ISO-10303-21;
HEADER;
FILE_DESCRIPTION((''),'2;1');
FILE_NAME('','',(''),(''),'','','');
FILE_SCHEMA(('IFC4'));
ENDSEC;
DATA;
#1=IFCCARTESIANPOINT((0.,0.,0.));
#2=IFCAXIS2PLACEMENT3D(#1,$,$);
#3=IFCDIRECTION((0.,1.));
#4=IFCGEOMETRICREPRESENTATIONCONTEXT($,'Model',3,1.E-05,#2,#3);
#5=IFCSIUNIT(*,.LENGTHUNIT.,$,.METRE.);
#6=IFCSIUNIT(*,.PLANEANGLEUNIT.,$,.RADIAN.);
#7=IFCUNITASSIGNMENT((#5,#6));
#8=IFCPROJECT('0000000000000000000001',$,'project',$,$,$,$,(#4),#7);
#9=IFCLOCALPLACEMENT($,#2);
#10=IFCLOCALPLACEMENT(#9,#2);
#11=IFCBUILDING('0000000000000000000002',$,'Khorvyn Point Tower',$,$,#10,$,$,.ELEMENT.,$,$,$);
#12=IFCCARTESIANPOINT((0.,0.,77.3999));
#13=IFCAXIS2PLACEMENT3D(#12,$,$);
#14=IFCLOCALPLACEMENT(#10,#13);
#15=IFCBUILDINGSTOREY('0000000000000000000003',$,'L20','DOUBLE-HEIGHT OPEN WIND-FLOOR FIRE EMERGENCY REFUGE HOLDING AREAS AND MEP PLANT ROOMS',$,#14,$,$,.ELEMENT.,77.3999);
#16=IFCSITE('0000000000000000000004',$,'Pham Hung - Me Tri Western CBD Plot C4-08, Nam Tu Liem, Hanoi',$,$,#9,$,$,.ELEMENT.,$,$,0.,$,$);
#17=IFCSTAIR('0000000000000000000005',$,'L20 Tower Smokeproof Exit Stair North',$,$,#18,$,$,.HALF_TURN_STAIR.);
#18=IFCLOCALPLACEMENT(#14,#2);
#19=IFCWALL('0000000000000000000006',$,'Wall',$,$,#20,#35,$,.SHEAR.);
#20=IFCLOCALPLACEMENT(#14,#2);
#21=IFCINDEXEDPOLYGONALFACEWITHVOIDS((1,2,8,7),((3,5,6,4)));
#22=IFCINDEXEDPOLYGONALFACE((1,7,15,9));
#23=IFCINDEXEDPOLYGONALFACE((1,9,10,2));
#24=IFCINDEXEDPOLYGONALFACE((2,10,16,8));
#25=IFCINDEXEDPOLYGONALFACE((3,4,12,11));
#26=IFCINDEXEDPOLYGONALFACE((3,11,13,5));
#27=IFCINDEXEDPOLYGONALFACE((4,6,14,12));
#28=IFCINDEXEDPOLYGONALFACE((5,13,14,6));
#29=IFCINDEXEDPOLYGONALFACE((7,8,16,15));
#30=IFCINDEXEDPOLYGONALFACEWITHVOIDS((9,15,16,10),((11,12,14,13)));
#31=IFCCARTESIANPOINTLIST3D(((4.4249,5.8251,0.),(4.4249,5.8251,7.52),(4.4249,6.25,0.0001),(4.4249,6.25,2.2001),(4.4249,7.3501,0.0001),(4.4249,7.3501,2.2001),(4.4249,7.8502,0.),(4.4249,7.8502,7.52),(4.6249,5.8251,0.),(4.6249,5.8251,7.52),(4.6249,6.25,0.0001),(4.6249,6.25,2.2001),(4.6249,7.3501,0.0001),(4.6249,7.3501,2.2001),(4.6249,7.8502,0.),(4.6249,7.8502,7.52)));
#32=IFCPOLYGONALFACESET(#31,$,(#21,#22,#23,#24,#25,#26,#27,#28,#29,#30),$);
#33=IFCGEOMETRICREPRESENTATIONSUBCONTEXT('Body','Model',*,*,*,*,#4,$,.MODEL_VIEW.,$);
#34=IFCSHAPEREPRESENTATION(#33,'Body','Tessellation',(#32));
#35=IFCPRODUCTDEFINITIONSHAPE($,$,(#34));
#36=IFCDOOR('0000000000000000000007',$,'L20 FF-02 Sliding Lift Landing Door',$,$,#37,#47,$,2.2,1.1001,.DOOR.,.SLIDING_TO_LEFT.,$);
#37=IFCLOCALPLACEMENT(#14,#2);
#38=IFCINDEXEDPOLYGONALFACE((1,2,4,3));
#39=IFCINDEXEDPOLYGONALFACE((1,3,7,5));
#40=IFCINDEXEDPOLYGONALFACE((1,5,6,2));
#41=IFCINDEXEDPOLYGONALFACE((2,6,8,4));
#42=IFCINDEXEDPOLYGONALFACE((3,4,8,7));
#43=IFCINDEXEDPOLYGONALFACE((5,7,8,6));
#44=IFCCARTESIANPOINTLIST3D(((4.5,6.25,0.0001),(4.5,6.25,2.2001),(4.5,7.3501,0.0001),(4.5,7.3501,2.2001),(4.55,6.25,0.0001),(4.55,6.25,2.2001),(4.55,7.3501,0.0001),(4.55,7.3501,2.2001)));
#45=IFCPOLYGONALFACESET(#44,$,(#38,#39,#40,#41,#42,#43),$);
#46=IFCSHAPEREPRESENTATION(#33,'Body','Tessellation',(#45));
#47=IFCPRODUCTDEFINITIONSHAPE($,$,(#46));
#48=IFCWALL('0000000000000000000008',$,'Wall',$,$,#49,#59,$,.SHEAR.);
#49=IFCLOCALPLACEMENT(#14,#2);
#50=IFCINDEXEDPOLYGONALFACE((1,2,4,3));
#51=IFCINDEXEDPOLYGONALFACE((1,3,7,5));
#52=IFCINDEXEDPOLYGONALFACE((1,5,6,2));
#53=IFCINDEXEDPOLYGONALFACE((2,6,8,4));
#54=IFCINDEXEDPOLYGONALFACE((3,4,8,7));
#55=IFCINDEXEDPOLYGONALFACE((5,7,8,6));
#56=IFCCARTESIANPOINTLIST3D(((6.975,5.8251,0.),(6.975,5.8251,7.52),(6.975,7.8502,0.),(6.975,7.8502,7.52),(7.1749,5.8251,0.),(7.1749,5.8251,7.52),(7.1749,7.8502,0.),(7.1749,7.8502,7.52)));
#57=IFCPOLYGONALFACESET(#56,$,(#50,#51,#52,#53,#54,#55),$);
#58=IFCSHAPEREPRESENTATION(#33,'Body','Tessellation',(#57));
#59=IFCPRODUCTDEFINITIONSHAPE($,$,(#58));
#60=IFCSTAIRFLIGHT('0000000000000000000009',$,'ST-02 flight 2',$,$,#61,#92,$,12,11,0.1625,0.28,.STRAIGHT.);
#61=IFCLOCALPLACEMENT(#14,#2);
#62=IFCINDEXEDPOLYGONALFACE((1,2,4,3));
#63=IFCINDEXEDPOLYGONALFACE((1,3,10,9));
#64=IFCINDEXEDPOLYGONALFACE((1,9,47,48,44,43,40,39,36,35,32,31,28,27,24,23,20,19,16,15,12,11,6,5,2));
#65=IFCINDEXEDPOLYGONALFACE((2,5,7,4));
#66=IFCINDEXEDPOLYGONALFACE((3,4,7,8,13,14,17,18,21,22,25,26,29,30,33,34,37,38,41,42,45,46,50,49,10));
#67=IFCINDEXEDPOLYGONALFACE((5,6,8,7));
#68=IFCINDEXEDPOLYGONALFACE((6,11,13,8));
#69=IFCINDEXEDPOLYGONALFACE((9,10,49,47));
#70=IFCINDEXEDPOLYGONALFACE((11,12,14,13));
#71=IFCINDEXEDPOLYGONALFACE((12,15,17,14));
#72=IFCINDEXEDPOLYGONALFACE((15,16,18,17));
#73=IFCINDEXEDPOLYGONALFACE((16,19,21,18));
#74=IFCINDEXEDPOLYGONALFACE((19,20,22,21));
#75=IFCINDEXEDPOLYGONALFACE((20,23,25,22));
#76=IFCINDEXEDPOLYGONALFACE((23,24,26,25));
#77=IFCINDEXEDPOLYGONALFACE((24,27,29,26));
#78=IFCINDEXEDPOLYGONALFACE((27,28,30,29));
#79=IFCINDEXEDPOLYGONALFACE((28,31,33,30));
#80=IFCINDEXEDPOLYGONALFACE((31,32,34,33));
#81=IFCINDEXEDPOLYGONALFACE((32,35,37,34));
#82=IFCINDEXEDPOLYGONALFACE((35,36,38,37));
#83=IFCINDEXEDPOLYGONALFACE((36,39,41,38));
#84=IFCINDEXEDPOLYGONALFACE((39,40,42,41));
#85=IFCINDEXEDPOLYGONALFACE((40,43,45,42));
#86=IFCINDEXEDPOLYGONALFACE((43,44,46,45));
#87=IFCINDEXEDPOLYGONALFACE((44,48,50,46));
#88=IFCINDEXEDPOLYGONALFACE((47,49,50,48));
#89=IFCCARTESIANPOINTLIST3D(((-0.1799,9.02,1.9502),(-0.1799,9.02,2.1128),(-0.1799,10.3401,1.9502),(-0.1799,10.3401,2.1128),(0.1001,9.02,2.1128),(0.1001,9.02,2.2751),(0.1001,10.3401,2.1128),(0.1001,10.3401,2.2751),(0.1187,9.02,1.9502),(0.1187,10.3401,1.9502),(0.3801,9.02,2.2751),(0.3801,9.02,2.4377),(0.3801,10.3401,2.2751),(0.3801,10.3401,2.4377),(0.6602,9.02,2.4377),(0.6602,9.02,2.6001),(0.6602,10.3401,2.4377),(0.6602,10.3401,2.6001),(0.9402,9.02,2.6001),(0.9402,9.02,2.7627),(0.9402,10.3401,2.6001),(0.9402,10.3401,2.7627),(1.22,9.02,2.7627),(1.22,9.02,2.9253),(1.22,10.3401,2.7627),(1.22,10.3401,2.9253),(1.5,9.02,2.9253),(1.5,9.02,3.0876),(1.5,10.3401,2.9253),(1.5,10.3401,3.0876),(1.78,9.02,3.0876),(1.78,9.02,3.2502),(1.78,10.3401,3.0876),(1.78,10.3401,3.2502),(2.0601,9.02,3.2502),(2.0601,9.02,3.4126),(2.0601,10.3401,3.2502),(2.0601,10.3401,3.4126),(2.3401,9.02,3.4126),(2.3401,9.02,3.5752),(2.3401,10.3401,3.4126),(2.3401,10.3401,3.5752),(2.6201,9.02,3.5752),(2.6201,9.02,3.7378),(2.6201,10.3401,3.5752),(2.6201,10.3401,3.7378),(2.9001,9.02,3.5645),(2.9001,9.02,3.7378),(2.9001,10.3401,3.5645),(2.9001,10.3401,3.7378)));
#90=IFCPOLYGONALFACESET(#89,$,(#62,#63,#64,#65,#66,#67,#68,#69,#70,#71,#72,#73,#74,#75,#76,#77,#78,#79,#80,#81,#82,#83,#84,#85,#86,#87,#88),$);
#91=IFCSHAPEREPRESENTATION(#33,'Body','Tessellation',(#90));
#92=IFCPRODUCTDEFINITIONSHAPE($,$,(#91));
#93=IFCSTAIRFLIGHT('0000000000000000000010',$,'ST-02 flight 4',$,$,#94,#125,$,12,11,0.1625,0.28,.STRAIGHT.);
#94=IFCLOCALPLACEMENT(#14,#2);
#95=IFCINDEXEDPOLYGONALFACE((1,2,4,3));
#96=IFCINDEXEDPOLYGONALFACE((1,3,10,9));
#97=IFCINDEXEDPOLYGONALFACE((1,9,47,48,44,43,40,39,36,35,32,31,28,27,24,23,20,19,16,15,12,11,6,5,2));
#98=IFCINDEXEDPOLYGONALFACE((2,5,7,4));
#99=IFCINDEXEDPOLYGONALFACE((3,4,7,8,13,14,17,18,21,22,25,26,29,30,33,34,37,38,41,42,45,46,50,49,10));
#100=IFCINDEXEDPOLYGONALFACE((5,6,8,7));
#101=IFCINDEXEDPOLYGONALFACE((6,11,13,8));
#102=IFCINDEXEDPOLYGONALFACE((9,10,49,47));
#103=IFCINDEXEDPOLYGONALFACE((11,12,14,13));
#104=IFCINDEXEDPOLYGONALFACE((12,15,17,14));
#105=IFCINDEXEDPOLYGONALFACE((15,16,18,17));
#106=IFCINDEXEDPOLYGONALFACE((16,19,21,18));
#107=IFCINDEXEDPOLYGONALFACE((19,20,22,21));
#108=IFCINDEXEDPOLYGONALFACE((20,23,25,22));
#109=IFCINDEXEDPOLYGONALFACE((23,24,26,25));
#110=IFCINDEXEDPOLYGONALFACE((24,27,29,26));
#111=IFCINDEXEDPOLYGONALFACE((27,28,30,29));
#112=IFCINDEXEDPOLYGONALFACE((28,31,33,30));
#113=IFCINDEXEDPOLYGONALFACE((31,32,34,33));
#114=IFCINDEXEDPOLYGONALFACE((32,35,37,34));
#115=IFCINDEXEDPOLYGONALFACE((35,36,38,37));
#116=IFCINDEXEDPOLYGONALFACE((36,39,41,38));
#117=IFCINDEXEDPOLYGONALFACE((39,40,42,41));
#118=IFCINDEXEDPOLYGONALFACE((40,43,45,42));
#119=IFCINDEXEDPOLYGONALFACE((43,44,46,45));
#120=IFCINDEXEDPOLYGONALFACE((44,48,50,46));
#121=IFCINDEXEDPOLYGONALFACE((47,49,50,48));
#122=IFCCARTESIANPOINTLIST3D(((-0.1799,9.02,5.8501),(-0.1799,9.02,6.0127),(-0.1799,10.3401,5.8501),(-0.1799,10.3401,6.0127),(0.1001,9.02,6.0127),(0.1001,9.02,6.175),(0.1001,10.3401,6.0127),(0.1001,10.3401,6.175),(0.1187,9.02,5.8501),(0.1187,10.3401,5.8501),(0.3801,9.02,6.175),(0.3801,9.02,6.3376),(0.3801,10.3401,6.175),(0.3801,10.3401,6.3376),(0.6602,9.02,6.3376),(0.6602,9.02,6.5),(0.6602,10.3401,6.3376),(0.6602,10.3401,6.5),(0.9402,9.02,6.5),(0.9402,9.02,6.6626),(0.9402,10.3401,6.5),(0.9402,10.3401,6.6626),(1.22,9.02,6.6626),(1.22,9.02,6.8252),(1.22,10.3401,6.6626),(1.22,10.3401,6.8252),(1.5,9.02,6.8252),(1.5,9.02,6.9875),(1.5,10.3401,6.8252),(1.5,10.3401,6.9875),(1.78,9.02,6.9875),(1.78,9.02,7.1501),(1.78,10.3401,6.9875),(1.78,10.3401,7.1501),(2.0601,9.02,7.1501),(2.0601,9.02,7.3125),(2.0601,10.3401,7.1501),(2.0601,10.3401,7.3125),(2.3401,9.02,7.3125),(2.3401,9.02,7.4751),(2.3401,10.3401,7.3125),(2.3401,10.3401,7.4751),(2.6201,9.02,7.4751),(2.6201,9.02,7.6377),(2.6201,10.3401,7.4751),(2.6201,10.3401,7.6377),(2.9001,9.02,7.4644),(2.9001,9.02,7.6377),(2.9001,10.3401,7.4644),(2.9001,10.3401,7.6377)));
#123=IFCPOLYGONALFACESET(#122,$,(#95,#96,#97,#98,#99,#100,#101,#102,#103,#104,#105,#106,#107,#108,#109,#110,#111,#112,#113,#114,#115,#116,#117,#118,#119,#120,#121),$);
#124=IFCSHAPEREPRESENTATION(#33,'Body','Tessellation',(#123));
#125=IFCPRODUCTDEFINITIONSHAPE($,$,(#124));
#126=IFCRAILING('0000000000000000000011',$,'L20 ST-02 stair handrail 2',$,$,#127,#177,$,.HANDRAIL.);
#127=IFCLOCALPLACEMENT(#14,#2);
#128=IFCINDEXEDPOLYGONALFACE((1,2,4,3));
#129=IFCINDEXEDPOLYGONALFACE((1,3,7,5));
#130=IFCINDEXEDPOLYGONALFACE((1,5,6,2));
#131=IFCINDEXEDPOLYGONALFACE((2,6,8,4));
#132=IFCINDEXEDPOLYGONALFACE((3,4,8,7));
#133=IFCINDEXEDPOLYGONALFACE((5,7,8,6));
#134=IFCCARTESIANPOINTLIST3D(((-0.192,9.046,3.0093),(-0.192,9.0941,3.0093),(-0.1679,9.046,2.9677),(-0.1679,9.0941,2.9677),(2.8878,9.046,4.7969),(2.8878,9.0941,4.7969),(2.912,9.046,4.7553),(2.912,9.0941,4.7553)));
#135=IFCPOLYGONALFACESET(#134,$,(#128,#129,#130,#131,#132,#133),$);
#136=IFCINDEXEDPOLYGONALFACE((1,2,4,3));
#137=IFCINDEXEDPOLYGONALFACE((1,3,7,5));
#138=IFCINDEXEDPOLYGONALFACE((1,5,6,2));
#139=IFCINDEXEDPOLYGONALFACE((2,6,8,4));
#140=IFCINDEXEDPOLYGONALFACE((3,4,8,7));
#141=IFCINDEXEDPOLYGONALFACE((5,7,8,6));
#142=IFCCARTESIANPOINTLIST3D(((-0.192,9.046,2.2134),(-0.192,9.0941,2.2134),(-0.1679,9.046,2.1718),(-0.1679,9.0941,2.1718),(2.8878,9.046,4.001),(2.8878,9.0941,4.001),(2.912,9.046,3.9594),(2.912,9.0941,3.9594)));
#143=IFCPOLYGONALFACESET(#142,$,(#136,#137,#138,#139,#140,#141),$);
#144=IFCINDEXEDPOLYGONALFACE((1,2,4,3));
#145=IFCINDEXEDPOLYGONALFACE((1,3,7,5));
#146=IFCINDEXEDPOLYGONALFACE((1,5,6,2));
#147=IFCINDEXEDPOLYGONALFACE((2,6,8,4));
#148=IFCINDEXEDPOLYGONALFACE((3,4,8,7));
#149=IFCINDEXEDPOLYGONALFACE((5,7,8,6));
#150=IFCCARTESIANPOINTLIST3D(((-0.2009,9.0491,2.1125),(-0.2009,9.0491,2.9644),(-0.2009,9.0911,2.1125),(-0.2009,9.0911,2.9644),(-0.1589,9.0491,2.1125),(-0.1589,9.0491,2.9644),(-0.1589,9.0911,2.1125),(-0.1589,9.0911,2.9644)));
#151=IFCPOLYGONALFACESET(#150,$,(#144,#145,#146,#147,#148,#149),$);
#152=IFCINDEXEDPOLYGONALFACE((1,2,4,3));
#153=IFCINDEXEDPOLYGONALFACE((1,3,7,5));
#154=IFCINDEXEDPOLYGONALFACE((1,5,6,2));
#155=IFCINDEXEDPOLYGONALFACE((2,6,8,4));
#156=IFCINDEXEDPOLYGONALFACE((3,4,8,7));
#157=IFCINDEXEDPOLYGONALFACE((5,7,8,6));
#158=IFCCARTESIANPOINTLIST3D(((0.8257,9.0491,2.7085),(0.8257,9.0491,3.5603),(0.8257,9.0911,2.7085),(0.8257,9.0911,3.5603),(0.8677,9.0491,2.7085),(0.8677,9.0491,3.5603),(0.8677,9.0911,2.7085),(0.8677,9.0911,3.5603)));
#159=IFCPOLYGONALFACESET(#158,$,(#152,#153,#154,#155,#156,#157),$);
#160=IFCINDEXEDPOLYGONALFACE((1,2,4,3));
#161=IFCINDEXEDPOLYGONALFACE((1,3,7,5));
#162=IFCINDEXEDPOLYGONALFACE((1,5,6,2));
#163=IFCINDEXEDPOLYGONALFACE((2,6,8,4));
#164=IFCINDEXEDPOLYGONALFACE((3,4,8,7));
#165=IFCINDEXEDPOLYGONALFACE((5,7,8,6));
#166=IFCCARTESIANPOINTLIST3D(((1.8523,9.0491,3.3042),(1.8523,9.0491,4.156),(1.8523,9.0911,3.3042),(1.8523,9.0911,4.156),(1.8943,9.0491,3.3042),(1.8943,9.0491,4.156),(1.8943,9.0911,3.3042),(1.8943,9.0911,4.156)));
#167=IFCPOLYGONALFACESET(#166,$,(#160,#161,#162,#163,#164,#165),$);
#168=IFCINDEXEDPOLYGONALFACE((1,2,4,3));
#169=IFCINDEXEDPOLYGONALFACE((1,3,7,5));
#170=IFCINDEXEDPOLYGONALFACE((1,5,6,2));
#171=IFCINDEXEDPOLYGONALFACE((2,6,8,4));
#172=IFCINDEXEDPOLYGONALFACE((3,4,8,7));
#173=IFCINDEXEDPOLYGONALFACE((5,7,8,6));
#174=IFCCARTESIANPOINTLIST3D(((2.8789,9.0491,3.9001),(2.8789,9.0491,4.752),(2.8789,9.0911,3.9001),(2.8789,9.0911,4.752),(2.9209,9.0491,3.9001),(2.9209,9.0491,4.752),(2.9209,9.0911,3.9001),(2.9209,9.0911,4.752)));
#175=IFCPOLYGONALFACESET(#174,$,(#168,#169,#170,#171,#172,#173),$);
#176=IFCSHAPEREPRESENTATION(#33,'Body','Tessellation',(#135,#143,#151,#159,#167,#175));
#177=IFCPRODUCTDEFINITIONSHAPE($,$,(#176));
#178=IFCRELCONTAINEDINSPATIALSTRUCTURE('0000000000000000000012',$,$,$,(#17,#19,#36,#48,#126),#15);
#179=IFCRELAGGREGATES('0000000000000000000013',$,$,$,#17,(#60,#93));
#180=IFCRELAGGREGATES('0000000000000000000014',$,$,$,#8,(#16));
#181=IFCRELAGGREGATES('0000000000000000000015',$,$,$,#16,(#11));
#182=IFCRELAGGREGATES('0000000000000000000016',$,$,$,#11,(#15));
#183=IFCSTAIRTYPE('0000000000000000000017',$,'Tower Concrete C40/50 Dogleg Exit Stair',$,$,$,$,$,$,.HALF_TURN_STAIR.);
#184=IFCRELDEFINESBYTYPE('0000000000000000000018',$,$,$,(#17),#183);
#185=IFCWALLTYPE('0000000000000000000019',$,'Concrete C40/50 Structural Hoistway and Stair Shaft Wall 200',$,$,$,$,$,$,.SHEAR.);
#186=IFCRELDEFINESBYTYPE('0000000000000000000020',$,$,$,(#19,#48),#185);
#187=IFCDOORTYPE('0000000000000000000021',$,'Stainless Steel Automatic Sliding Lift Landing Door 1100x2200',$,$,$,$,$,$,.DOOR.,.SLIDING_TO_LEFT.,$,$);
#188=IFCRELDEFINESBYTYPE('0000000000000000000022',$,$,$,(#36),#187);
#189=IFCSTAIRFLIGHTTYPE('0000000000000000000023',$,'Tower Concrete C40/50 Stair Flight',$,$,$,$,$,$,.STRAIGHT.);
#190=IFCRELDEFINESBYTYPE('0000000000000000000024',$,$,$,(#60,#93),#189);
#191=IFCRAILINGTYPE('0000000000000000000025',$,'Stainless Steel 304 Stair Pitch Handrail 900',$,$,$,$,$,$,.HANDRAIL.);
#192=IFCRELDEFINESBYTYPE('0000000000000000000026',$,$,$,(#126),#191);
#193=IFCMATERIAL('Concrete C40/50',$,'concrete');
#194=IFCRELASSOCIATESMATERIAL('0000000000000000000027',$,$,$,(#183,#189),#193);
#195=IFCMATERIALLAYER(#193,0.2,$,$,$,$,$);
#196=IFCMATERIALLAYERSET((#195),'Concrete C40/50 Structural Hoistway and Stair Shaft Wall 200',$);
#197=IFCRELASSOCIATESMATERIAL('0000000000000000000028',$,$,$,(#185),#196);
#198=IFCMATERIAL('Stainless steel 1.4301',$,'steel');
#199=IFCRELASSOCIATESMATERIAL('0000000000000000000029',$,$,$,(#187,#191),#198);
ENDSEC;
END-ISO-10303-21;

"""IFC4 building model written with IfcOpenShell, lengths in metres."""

from ifc_helpers import new_model, si_unit, direction, frame, frame_2d, origin, origin_2d, place, context, subcontext, project, spatial, polyline, rectangle, outline, extrude, material, layer, layer_set, type_object, element, fill, aggregate, save


model = new_model("IFC4")

# Units and contexts
model_context = context("Model", 3, precision=1e-05, world=origin(), true_north=direction((0.0, 1.0)))
body_context = subcontext(model_context, "Body", "Model", "MODEL_VIEW")
ifc_project = project(units=[si_unit("LENGTHUNIT", "METRE"), si_unit("PLANEANGLEUNIT", "RADIAN")], contexts=[model_context])

# Site, building, storey
site_placement = place(None, origin())
site = spatial("IfcSite", under=ifc_project, at=site_placement, Name="Pham Hung - Me Tri Western CBD Plot C4-08, Nam Tu Liem, Hanoi", CompositionType="ELEMENT", RefElevation=0.0)
building_placement = place(site_placement, origin())
building = spatial("IfcBuilding", under=site, at=building_placement, Name="Khorvyn Point Tower", CompositionType="ELEMENT")
storey_placement = place(building_placement, frame((0.0, 0.0, 77.3999)))
storey = spatial("IfcBuildingStorey", under=building, at=storey_placement, Name="L20", Description="DOUBLE-HEIGHT OPEN WIND-FLOOR FIRE EMERGENCY REFUGE HOLDING AREAS AND MEP PLANT ROOMS", CompositionType="ELEMENT", Elevation=77.3999)

# Shared definitions
ifc_material_1 = material(Name="Concrete C40/50", Category="concrete")

# Stair
stair_type = type_object("IfcStairType", Name="Tower Concrete C40/50 Dogleg Exit Stair", PredefinedType="HALF_TURN_STAIR", material=ifc_material_1)
stair_1_placement = place(storey_placement, origin())
stair_1 = element("IfcStair", 1, at=stair_1_placement, inside=storey, type_object=stair_type, Name="L20 Tower Smokeproof Exit Stair North", PredefinedType="HALF_TURN_STAIR")

# Shared definitions
ifc_layer_1 = layer(ifc_material_1, 0.2)
ifc_layer_set_1 = layer_set([ifc_layer_1], Name="Concrete C40/50 Structural Hoistway and Stair Shaft Wall 200")
wall_type_1 = type_object("IfcWallType", Name="Concrete C40/50 Structural Hoistway and Stair Shaft Wall 200", PredefinedType="SHEAR", material=ifc_layer_set_1)
ifc_material_2 = material(Name="Stainless steel 1.4301", Category="steel")
door_type = type_object("IfcDoorType", Name="Stainless Steel Automatic Sliding Lift Landing Door 1100x2200", OperationType="SLIDING_TO_LEFT", PredefinedType="DOOR", material=ifc_material_2)

# Wall, opening, door
wall_1_placement = place(storey_placement, frame((4.5249, 5.825, 0.0), z_axis=(0.0, 0.0, 1.0), x_axis=(0.0, 1.0, 0.0)))
wall_1 = element("IfcWall", 2, at=wall_1_placement, inside=storey, type_object=wall_type_1, Name="Wall", PredefinedType="SHEAR", context=body_context, shape_type="SweptSolid", body=[
    extrude(rectangle(XDim=2.0251, YDim=0.2, at=frame_2d((1.0127, 0.0))), origin(), (0.0, 0.0, 1.0), 7.52),
])
opening_1_placement = place(wall_1_placement, frame((0.425, 0.0, 0.0)))
opening_1 = element("IfcOpeningElement", 3, at=opening_1_placement, cuts=wall_1, PredefinedType="OPENING", context=body_context, shape_type="SweptSolid", body=[
    extrude(rectangle(XDim=1.1001, YDim=2.2, at=frame_2d((0.55, 1.1001))), frame((0.0, 0.1099, 0.0), z_axis=(0.0, -1.0, 0.0), x_axis=(1.0, 0.0, 0.0)), (0.0, 0.0, 1.0), 0.22),
])
door_1_placement = place(opening_1_placement, origin())
door_1 = element("IfcDoor", 4, at=door_1_placement, inside=storey, type_object=door_type, Name="L20 FF-02 Sliding Lift Landing Door", OperationType="SLIDING_TO_LEFT", OverallHeight=2.2, OverallWidth=1.1001, PredefinedType="DOOR", context=body_context, shape_type="SweptSolid", body=[
    extrude(rectangle(XDim=1.1001, YDim=2.2, at=frame_2d((0.55, 1.1001))), frame((0.0, 0.0249, 0.0), z_axis=(0.0, -1.0, 0.0), x_axis=(1.0, 0.0, 0.0)), (0.0, 0.0, 1.0), 0.05),
])
fill(opening_1, door_1)

# Wall
wall_2_placement = place(storey_placement, frame((7.075, 5.825, 0.0), z_axis=(0.0, 0.0, 1.0), x_axis=(0.0, 1.0, 0.0)))
element("IfcWall", 5, at=wall_2_placement, inside=storey, type_object=wall_type_1, Name="Wall", PredefinedType="SHEAR", context=body_context, shape_type="SweptSolid", body=[
    extrude(rectangle(XDim=2.0251, YDim=0.2, at=frame_2d((1.0127, 0.0))), origin(), (0.0, 0.0, 1.0), 7.52),
])

# Stair flights
stair_flight_type = type_object("IfcStairFlightType", Name="Tower Concrete C40/50 Stair Flight", PredefinedType="STRAIGHT", material=ifc_material_1)
stair_flight_1_placement = place(storey_placement, frame((-0.1799, 9.6799, 1.9502), z_axis=(0.0, 0.0, 1.0), x_axis=(1.0, 0.0, 0.0)))
stair_flight_1 = element("IfcStairFlight", 6, at=stair_flight_1_placement, type_object=stair_flight_type, Name="ST-02 flight 2", NumberOfRisers=12, NumberOfTreads=11, PredefinedType="STRAIGHT", RiserHeight=0.1625, TreadLength=0.28, context=body_context, shape_type="SweptSolid", body=[
    extrude(outline(polyline([(0.0, 0.0), (0.0, 0.1626), (0.28, 0.1626), (0.28, 0.325), (0.5601, 0.325), (0.5601, 0.4875), (0.8401, 0.4875), (0.8401, 0.6499), (1.1201, 0.6499), (1.1201, 0.8125), (1.3999, 0.8125), (1.3999, 0.9751), (1.6799, 0.9751), (1.6799, 1.1375), (1.96, 1.1375), (1.96, 1.3), (2.24, 1.3), (2.24, 1.4624), (2.52, 1.4624), (2.52, 1.625), (2.8, 1.625), (2.8, 1.7876), (3.0801, 1.7876), (3.0801, 1.95), (3.0801, 1.6143), (0.2986, 0.0), (0.0, 0.0)])), frame((0.0, 0.6602, 0.0), z_axis=(0.0, -1.0, 0.0), x_axis=(1.0, 0.0, 0.0)), (0.0, 0.0, 1.0), 1.3201),
])
stair_flight_2_placement = place(storey_placement, frame((-0.1799, 9.6799, 5.8501), z_axis=(0.0, 0.0, 1.0), x_axis=(1.0, 0.0, 0.0)))
stair_flight_2 = element("IfcStairFlight", 7, at=stair_flight_2_placement, type_object=stair_flight_type, Name="ST-02 flight 4", NumberOfRisers=12, NumberOfTreads=11, PredefinedType="STRAIGHT", RiserHeight=0.1625, TreadLength=0.28, context=body_context, shape_type="SweptSolid", body=[
    extrude(outline(polyline([(0.0, 0.0), (0.0, 0.1626), (0.28, 0.1626), (0.28, 0.325), (0.5601, 0.325), (0.5601, 0.4875), (0.8401, 0.4875), (0.8401, 0.6499), (1.1201, 0.6499), (1.1201, 0.8125), (1.3999, 0.8125), (1.3999, 0.9751), (1.6799, 0.9751), (1.6799, 1.1375), (1.96, 1.1375), (1.96, 1.3), (2.24, 1.3), (2.24, 1.4624), (2.52, 1.4624), (2.52, 1.625), (2.8, 1.625), (2.8, 1.7876), (3.0801, 1.7876), (3.0801, 1.95), (3.0801, 1.6143), (0.2986, 0.0), (0.0, 0.0)])), frame((0.0, 0.6602, 0.0), z_axis=(0.0, -1.0, 0.0), x_axis=(1.0, 0.0, 0.0)), (0.0, 0.0, 1.0), 1.3201),
])
aggregate(stair_1, [stair_flight_1, stair_flight_2])

# Railing
railing_type_1 = type_object("IfcRailingType", Name="Stainless Steel 304 Stair Pitch Handrail 900", PredefinedType="HANDRAIL", material=ifc_material_2)
railing_1_placement = place(storey_placement, frame((-0.1799, 9.0701, 2.1125)))
element("IfcRailing", 8, at=railing_1_placement, inside=storey, type_object=railing_type_1, Name="L20 ST-02 stair handrail 2", PredefinedType="HANDRAIL", context=body_context, shape_type="SweptSolid", body=[
    extrude(rectangle(XDim=0.0481, YDim=0.0481, at=origin_2d()), frame((0.0, 0.0, 0.876), z_axis=(0.864873, 0.0, 0.50199), x_axis=(0.0, 1.0, 0.0)), (0.0, 0.0, 1.0), 3.561),
    extrude(rectangle(XDim=0.0481, YDim=0.0481, at=origin_2d()), frame((0.0, 0.0, 0.0801), z_axis=(0.864873, 0.0, 0.50199), x_axis=(0.0, 1.0, 0.0)), (0.0, 0.0, 1.0), 3.561),
    extrude(rectangle(XDim=0.042, YDim=0.042, at=origin_2d()), origin(), (0.0, 0.0, 1.0), 0.8518),
    extrude(rectangle(XDim=0.042, YDim=0.042, at=origin_2d()), frame((1.0266, 0.0, 0.5959)), (0.0, 0.0, 1.0), 0.8518),
    extrude(rectangle(XDim=0.042, YDim=0.042, at=origin_2d()), frame((2.0532, 0.0, 1.1917)), (0.0, 0.0, 1.0), 0.8518),
    extrude(rectangle(XDim=0.042, YDim=0.042, at=origin_2d()), frame((3.0798, 0.0, 1.7876)), (0.0, 0.0, 1.0), 0.8518),
])

save(model, "model.ifc")
